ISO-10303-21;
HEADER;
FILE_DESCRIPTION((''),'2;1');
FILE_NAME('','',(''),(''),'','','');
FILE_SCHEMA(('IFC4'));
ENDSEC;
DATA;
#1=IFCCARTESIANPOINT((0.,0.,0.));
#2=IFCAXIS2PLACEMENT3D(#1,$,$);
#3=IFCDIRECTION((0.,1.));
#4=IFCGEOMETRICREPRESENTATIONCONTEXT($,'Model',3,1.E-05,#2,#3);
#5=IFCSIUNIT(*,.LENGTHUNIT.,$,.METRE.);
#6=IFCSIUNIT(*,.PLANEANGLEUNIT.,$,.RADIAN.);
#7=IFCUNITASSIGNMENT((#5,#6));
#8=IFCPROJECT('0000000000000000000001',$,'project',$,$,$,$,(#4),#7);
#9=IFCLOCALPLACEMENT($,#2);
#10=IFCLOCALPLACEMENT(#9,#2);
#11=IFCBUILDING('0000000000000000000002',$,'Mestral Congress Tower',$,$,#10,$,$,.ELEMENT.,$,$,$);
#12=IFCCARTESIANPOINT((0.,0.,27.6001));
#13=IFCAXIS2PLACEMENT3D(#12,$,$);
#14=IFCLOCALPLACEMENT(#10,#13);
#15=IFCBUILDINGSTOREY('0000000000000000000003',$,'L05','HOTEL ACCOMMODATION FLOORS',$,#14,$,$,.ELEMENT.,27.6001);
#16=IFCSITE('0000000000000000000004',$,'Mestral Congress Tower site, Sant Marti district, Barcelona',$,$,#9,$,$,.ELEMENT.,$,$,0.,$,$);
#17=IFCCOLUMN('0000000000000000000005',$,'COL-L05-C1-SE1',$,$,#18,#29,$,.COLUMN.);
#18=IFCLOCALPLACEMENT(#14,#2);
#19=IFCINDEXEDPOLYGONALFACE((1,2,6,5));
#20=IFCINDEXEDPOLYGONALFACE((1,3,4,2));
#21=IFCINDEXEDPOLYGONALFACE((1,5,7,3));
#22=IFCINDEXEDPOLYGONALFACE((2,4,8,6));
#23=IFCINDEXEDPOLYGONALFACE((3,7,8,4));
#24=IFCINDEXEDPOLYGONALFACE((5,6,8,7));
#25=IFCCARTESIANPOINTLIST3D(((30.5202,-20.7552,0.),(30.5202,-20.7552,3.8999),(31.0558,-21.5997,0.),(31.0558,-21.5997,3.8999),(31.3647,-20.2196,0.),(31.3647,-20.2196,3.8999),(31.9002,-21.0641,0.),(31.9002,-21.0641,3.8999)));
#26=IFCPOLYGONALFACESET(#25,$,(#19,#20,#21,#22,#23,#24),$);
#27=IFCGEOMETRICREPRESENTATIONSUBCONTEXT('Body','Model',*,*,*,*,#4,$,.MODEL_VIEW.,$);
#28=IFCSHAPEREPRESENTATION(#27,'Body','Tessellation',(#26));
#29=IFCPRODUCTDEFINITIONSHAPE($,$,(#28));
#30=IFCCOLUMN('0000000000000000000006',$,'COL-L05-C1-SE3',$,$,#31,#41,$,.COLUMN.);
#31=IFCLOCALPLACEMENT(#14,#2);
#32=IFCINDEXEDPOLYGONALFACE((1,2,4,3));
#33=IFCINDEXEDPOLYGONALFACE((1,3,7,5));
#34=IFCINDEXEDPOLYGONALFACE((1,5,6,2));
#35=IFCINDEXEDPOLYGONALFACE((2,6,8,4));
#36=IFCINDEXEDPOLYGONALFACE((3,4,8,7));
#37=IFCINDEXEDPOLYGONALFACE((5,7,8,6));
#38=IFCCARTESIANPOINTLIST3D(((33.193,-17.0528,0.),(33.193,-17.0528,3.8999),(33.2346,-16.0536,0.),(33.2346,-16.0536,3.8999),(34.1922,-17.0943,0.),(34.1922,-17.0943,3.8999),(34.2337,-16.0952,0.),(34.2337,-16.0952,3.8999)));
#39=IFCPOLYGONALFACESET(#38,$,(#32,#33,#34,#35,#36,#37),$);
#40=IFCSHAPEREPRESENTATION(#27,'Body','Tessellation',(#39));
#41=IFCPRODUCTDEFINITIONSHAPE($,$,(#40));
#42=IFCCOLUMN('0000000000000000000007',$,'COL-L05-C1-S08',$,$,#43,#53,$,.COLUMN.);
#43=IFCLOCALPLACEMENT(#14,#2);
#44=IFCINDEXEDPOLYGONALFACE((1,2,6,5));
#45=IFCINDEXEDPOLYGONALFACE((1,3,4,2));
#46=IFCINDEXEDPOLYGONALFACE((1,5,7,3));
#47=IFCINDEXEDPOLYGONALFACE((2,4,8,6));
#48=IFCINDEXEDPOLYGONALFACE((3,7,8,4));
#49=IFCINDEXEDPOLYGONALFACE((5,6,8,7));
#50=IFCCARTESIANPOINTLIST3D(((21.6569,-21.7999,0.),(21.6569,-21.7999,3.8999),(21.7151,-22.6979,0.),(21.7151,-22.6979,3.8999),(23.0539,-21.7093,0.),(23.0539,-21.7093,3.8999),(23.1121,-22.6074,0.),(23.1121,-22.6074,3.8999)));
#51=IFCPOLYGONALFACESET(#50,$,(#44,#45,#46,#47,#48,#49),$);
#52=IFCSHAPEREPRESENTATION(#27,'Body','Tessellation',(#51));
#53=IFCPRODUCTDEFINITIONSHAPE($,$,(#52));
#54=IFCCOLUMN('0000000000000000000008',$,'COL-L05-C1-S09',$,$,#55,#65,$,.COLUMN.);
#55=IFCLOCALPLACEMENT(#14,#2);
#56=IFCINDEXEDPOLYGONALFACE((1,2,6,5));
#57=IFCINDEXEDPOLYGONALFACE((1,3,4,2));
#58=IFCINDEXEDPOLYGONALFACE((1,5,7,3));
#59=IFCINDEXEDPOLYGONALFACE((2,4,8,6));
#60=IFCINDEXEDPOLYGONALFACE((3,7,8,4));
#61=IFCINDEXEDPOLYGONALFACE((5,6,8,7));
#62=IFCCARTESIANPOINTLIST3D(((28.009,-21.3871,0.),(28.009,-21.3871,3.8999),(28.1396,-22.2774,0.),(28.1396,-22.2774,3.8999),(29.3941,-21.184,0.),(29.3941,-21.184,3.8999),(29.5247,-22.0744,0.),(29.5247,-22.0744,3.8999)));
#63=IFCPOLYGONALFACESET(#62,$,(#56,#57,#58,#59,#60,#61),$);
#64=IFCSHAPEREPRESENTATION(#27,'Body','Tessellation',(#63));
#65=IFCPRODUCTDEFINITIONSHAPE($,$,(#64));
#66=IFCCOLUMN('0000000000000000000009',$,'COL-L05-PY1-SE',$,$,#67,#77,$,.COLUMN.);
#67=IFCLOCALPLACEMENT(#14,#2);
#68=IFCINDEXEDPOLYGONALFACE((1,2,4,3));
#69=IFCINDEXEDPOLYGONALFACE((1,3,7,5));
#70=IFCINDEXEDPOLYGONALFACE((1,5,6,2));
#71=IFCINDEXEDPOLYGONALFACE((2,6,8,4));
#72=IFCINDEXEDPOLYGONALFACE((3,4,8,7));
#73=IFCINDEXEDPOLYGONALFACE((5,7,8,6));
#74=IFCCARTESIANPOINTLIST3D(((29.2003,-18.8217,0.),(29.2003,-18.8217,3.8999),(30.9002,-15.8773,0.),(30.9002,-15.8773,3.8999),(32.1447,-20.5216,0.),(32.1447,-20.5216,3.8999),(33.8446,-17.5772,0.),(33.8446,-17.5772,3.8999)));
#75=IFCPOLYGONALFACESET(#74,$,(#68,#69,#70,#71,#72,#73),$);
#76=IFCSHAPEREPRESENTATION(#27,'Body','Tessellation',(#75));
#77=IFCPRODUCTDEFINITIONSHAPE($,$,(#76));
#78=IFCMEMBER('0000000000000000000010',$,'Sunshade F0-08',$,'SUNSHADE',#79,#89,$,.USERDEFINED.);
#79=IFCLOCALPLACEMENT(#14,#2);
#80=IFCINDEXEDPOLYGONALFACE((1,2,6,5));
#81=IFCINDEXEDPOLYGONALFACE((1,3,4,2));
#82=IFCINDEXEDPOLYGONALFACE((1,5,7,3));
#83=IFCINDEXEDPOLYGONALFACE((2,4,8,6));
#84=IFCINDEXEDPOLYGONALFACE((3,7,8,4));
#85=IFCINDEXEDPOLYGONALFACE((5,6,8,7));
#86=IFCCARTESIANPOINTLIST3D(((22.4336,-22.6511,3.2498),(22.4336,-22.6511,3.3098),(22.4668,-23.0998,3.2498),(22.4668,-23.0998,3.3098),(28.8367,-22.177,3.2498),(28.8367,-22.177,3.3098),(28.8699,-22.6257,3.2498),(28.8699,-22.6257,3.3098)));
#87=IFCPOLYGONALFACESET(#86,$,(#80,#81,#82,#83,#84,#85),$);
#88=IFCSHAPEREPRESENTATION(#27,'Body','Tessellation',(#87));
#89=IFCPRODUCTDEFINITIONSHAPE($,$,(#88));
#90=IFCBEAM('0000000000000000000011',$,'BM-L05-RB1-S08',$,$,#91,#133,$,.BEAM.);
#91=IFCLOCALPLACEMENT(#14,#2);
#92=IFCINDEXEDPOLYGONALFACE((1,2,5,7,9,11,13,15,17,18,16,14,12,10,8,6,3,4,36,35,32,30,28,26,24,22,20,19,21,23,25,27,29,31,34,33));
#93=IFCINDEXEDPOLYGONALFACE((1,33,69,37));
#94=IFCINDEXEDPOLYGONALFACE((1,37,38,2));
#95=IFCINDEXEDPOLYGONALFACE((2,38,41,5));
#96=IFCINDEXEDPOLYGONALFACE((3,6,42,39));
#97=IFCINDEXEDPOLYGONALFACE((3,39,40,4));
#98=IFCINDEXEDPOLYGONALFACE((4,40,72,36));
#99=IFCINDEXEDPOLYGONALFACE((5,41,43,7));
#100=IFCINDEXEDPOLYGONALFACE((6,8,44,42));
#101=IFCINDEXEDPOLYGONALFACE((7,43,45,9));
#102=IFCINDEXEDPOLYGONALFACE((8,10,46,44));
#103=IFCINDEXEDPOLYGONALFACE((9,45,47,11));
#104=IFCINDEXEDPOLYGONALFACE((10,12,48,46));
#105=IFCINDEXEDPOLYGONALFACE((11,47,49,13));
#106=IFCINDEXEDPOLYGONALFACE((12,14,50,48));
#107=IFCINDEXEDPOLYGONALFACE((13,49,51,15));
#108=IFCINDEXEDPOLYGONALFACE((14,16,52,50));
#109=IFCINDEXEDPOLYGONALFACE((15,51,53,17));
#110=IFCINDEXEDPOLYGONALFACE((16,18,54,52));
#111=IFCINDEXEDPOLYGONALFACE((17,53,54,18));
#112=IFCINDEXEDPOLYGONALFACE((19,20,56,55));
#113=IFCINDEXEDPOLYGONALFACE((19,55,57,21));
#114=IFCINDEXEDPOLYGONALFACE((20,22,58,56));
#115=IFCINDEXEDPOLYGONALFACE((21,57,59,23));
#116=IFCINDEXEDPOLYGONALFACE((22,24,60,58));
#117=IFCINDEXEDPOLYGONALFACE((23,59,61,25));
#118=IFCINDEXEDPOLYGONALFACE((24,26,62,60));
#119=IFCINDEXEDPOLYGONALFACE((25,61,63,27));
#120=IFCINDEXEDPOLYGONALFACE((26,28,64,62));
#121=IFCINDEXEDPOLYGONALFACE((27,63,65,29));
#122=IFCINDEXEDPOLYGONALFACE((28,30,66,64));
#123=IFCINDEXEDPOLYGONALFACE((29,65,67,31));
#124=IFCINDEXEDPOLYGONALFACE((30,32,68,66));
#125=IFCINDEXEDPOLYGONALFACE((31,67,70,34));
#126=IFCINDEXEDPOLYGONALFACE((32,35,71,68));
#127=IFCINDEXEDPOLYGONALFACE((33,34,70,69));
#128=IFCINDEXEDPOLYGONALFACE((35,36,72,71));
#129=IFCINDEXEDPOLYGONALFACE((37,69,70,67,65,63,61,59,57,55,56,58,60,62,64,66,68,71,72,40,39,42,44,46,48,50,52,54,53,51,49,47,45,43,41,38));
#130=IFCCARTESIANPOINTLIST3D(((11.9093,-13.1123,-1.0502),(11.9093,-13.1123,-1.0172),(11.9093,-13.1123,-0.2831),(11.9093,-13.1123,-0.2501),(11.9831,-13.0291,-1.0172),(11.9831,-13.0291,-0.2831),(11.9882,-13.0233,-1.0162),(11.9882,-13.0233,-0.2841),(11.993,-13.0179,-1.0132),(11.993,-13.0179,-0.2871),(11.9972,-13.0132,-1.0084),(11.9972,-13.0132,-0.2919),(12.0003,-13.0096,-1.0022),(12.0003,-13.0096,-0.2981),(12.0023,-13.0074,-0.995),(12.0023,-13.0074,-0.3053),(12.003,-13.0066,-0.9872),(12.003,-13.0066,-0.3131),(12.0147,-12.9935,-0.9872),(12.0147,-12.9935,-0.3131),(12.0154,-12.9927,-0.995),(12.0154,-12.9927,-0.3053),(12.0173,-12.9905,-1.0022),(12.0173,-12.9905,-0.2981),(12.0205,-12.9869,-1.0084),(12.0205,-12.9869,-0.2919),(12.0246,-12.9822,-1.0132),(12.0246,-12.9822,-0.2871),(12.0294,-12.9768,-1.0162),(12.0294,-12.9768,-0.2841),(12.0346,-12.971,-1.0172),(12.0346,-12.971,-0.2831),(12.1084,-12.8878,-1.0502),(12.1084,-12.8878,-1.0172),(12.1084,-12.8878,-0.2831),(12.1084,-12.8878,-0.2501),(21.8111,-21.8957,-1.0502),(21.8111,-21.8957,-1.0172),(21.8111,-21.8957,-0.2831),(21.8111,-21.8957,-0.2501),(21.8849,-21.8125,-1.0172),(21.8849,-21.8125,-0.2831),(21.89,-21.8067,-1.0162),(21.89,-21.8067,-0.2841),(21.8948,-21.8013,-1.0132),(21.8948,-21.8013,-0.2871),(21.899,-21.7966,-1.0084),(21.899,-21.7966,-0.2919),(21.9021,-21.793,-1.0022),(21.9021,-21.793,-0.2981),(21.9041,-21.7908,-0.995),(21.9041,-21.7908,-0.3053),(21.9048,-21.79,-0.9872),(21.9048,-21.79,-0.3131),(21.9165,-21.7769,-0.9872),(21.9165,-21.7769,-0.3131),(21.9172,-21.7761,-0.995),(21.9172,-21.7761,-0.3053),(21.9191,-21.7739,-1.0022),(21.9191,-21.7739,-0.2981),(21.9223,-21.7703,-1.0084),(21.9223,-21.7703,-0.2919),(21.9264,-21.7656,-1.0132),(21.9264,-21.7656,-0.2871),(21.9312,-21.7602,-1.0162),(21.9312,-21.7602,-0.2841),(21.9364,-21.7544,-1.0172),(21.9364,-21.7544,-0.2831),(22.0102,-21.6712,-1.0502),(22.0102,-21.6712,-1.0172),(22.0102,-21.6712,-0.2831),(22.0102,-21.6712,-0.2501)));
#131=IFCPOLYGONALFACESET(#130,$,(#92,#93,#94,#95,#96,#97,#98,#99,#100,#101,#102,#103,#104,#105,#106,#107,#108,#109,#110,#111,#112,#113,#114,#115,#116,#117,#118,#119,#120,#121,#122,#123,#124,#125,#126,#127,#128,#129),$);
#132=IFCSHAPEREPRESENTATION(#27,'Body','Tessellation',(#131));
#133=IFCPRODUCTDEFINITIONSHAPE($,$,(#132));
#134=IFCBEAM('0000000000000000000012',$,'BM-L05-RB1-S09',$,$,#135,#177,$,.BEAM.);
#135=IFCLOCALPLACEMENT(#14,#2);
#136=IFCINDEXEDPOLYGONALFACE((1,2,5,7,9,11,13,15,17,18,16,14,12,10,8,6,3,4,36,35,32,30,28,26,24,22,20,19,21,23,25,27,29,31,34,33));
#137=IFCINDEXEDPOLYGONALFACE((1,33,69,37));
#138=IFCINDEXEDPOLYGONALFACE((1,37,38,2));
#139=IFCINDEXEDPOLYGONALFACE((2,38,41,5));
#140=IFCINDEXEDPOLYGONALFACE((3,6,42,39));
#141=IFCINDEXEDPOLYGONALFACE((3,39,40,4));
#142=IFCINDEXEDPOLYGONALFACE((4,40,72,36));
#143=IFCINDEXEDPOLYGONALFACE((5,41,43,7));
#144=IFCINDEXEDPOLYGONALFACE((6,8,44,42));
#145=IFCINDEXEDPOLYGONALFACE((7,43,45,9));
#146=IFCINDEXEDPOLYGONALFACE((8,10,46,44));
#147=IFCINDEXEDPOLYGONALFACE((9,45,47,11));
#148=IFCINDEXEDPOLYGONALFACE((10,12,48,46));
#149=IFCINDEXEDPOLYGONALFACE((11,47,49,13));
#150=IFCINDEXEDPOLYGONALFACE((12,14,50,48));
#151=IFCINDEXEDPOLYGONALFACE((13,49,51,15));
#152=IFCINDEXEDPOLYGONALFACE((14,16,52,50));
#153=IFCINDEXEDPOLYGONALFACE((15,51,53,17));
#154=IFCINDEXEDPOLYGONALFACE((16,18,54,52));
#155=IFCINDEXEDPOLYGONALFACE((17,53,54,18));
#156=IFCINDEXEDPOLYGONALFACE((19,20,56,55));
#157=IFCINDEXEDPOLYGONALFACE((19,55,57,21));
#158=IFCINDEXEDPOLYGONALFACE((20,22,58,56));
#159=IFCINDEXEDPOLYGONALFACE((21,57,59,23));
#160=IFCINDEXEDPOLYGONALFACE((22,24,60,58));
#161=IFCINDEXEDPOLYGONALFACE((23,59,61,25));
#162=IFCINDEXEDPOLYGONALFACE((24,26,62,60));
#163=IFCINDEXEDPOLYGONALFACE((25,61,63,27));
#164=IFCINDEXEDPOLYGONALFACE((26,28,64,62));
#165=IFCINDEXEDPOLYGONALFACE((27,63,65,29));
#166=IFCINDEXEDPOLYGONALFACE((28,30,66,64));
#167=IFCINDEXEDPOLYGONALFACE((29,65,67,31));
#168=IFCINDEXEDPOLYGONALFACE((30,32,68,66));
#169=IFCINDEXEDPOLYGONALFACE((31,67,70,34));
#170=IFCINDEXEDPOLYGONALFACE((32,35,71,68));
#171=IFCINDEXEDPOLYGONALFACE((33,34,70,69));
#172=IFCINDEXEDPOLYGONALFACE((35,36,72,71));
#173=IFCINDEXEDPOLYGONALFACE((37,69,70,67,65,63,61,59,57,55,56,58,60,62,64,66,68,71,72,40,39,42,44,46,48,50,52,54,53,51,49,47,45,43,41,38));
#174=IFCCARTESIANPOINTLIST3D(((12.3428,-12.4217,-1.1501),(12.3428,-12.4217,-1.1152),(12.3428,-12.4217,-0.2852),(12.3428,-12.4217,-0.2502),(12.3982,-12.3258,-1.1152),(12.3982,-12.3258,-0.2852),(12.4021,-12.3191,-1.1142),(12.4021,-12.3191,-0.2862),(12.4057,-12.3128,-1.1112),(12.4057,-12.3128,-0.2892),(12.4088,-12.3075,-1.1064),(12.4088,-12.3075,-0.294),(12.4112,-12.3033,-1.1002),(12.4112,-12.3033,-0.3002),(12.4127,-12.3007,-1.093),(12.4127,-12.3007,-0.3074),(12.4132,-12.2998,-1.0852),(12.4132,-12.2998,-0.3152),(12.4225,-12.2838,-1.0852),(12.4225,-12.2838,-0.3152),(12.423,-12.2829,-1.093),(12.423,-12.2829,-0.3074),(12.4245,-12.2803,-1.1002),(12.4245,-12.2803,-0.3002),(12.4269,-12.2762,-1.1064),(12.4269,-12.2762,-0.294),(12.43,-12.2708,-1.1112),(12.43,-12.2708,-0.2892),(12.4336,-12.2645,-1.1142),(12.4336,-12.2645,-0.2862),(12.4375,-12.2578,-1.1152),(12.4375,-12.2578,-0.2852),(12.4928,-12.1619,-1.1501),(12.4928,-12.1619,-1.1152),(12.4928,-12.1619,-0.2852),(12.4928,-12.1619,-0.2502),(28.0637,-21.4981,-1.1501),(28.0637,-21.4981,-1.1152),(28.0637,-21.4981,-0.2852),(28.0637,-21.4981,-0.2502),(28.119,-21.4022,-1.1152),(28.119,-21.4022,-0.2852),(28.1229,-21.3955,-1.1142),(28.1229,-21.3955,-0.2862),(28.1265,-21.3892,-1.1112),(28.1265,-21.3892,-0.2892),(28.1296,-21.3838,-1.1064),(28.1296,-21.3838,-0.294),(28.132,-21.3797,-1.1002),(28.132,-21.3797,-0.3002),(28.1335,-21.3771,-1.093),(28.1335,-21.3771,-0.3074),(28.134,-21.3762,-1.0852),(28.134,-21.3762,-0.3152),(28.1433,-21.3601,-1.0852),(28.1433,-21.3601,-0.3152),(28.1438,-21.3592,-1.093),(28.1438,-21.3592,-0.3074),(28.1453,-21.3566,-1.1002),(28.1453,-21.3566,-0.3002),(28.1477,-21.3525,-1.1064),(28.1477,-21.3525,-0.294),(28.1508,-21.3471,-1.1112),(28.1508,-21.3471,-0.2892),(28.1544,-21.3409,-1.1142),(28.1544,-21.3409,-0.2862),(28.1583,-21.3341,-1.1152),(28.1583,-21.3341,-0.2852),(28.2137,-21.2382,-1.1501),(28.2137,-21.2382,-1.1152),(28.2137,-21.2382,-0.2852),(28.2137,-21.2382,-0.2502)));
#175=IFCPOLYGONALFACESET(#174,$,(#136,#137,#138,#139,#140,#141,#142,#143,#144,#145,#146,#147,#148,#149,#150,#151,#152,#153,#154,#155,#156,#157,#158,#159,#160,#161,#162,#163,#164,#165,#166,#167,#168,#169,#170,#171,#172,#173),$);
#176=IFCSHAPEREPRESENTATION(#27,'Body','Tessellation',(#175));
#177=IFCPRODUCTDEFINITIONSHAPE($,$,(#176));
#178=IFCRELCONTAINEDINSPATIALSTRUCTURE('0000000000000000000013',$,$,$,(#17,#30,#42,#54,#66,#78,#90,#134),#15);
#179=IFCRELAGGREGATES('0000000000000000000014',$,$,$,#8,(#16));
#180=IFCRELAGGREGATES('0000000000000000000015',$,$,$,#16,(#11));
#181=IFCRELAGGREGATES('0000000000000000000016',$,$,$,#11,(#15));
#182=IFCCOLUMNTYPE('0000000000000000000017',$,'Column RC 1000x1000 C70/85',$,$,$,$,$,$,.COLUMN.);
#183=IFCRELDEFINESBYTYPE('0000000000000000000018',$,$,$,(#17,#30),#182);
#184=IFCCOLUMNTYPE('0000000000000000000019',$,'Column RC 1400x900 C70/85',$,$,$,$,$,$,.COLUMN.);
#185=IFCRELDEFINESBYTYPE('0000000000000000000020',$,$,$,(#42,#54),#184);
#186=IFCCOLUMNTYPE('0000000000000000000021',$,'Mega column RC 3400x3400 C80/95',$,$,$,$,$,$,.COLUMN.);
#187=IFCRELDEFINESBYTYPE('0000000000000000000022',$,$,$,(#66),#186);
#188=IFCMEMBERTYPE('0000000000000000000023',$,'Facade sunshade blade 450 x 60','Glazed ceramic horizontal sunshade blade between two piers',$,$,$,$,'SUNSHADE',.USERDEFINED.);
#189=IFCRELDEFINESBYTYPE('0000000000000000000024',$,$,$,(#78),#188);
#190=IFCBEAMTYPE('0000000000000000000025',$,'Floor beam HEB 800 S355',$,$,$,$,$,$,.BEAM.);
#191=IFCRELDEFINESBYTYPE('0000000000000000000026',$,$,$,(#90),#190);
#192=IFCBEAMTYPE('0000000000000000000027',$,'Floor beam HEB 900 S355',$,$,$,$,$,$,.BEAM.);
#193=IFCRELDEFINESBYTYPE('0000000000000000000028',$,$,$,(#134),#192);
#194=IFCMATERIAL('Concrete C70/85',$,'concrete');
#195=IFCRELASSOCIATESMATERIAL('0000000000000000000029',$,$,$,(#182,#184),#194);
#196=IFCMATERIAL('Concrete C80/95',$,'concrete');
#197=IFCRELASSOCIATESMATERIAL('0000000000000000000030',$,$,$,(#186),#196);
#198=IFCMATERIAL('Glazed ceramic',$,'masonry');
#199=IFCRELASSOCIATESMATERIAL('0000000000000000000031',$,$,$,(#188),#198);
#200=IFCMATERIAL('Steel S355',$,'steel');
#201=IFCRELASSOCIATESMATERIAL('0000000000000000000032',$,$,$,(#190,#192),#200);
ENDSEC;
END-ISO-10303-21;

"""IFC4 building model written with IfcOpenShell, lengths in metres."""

from ifc_helpers import new_model, si_unit, direction, frame, origin, origin_2d, place, context, subcontext, project, spatial, rectangle, i_section, extrude, material, material_profile, profile_set, type_object, element, save


model = new_model("IFC4")

# Units and contexts
model_context = context("Model", 3, precision=1e-05, world=origin(), true_north=direction((0.0, 1.0)))
body_context = subcontext(model_context, "Body", "Model", "MODEL_VIEW")
ifc_project = project(units=[si_unit("LENGTHUNIT", "METRE"), si_unit("PLANEANGLEUNIT", "RADIAN")], contexts=[model_context])

# Site, building, storey
site_placement = place(None, origin())
site = spatial("IfcSite", under=ifc_project, at=site_placement, Name="Mestral Congress Tower site, Sant Marti district, Barcelona", CompositionType="ELEMENT", RefElevation=0.0)
building_placement = place(site_placement, origin())
building = spatial("IfcBuilding", under=site, at=building_placement, Name="Mestral Congress Tower", CompositionType="ELEMENT")
storey_placement = place(building_placement, frame((0.0, 0.0, 27.6001)))
storey = spatial("IfcBuildingStorey", under=building, at=storey_placement, Name="L05", Description="HOTEL ACCOMMODATION FLOORS", CompositionType="ELEMENT", Elevation=27.6001)

# Columns
ifc_material_1 = material(Name="Concrete C70/85", Category="concrete")
ifc_material_profile_1 = material_profile(ifc_material_1, rectangle(XDim=1.0, YDim=1.0, at=origin_2d()), Name="RC 1000x1000")
ifc_profile_set_1 = profile_set([ifc_material_profile_1], Name="Concrete C70/85")
column_type_1 = type_object("IfcColumnType", Name="Column RC 1000x1000 C70/85", PredefinedType="COLUMN", material=ifc_profile_set_1)
for number, where, z_axis, x_axis, name in (
    (1, (31.2102, -20.9097, 0.0), (0.0, 0.0, 1.0), (0.844485, 0.535579, 0.0), "COL-L05-C1-SE1"),
    (2, (33.7134, -16.574, 0.0), (0.0, 0.0, 1.0), (0.041583, 0.999135, 0.0), "COL-L05-C1-SE3"),
):
    element("IfcColumn", number, at=place(storey_placement, frame(where, z_axis=z_axis, x_axis=x_axis)), inside=storey, type_object=column_type_1, Name=name, PredefinedType="COLUMN", context=body_context, shape_type="SweptSolid", body=[
        extrude(rectangle(XDim=1.0, YDim=1.0, at=origin_2d()), origin(), (0.0, 0.0, 1.0), 3.8999),
    ])
ifc_material_profile_2 = material_profile(ifc_material_1, rectangle(XDim=1.3999, YDim=0.8999, at=origin_2d()), Name="RC 1400x900")
ifc_profile_set_2 = profile_set([ifc_material_profile_2], Name="Concrete C70/85")
column_type_2 = type_object("IfcColumnType", Name="Column RC 1400x900 C70/85", PredefinedType="COLUMN", material=ifc_profile_set_2)
for number, where, z_axis, x_axis, name in (
    (3, (22.3845, -22.2036, 0.0), (0.0, 0.0, 1.0), (0.997908, 0.064658, 0.0), "COL-L05-C1-S08"),
    (4, (28.7668, -21.7307, 0.0), (0.0, 0.0, 1.0), (0.989424, 0.145056, 0.0), "COL-L05-C1-S09"),
):
    element("IfcColumn", number, at=place(storey_placement, frame(where, z_axis=z_axis, x_axis=x_axis)), inside=storey, type_object=column_type_2, Name=name, PredefinedType="COLUMN", context=body_context, shape_type="SweptSolid", body=[
        extrude(rectangle(XDim=1.3999, YDim=0.8999, at=origin_2d()), origin(), (0.0, 0.0, 1.0), 3.8999),
    ])
ifc_material_2 = material(Name="Concrete C80/95", Category="concrete")
ifc_material_profile_3 = material_profile(ifc_material_2, rectangle(XDim=3.3999, YDim=3.3999, at=origin_2d()), Name="RC 3400x3400")
ifc_profile_set_3 = profile_set([ifc_material_profile_3], Name="Concrete C80/95")
column_type_3 = type_object("IfcColumnType", Name="Mega column RC 3400x3400 C80/95", PredefinedType="COLUMN", material=ifc_profile_set_3)
column_placement = place(storey_placement, frame((31.5225, -18.1995, 0.0), z_axis=(0.0, 0.0, 1.0), x_axis=(0.866025, -0.5, 0.0)))
element("IfcColumn", 5, at=column_placement, inside=storey, type_object=column_type_3, Name="COL-L05-PY1-SE", PredefinedType="COLUMN", context=body_context, shape_type="SweptSolid", body=[
    extrude(rectangle(XDim=3.3999, YDim=3.3999, at=origin_2d()), origin(), (0.0, 0.0, 1.0), 3.8999),
])

# Member
ifc_material_3 = material(Name="Glazed ceramic", Category="masonry")
ifc_material_profile_4 = material_profile(ifc_material_3, rectangle(XDim=0.45, YDim=0.0601, at=origin_2d()), Name="Ceramic blade 450 x 60")
ifc_profile_set_4 = profile_set([ifc_material_profile_4], Name="Glazed ceramic")
member_type = type_object("IfcMemberType", Name="Facade sunshade blade 450 x 60", Description="Glazed ceramic horizontal sunshade blade between two piers", ElementType="SUNSHADE", PredefinedType="USERDEFINED", material=ifc_profile_set_4)
member_placement = place(storey_placement, frame((22.4502, -22.8755, 3.2798), z_axis=(0.99727, 0.073844, 0.0), x_axis=(-0.073844, 0.99727, 0.0)))
element("IfcMember", 6, at=member_placement, inside=storey, type_object=member_type, Name="Sunshade F0-08", ObjectType="SUNSHADE", PredefinedType="USERDEFINED", context=body_context, shape_type="SweptSolid", body=[
    extrude(rectangle(XDim=0.45, YDim=0.0601, at=origin_2d()), origin(), (0.0, 0.0, 1.0), 6.4207),
])

# Beams
ifc_material_4 = material(Name="Steel S355", Category="steel")
ifc_material_profile_5 = material_profile(ifc_material_4, i_section(OverallWidth=0.3, OverallDepth=0.8, WebThickness=0.0176, FlangeThickness=0.033, FilletRadius=0.03, at=origin_2d()), Name="HEB 800")
ifc_profile_set_5 = profile_set([ifc_material_profile_5], Name="Steel S355")
beam_type_1 = type_object("IfcBeamType", Name="Floor beam HEB 800 S355", PredefinedType="BEAM", material=ifc_profile_set_5)
beam_1_placement = place(storey_placement, frame((21.9106, -21.7834, -0.6501), z_axis=(-0.748092, 0.663595, 0.0), x_axis=(-0.663595, -0.748092, 0.0)))
element("IfcBeam", 7, at=beam_1_placement, inside=storey, type_object=beam_type_1, Name="BM-L05-RB1-S08", PredefinedType="BEAM", context=body_context, shape_type="SweptSolid", body=[
    extrude(i_section(OverallWidth=0.3, OverallDepth=0.8, WebThickness=0.0176, FlangeThickness=0.033, FilletRadius=0.03, at=origin_2d()), origin(), (0.0, 0.0, 1.0), 13.2361),
])
ifc_material_profile_6 = material_profile(ifc_material_4, i_section(OverallWidth=0.3, OverallDepth=0.8999, WebThickness=0.0186, FlangeThickness=0.0349, FilletRadius=0.03, at=origin_2d()), Name="HEB 900")
ifc_profile_set_6 = profile_set([ifc_material_profile_6], Name="Steel S355")
beam_type_2 = type_object("IfcBeamType", Name="Floor beam HEB 900 S355", PredefinedType="BEAM", material=ifc_profile_set_6)
beam_2_placement = place(storey_placement, frame((28.1387, -21.3682, -0.7002), z_axis=(-0.866027, 0.499997, 0.0), x_axis=(-0.499997, -0.866027, 0.0)))
element("IfcBeam", 8, at=beam_2_placement, inside=storey, type_object=beam_type_2, Name="BM-L05-RB1-S09", PredefinedType="BEAM", context=body_context, shape_type="SweptSolid", body=[
    extrude(i_section(OverallWidth=0.3, OverallDepth=0.8999, WebThickness=0.0186, FlangeThickness=0.0349, FilletRadius=0.03, at=origin_2d()), origin(), (0.0, 0.0, 1.0), 18.1528),
])

save(model, "model.ifc")
